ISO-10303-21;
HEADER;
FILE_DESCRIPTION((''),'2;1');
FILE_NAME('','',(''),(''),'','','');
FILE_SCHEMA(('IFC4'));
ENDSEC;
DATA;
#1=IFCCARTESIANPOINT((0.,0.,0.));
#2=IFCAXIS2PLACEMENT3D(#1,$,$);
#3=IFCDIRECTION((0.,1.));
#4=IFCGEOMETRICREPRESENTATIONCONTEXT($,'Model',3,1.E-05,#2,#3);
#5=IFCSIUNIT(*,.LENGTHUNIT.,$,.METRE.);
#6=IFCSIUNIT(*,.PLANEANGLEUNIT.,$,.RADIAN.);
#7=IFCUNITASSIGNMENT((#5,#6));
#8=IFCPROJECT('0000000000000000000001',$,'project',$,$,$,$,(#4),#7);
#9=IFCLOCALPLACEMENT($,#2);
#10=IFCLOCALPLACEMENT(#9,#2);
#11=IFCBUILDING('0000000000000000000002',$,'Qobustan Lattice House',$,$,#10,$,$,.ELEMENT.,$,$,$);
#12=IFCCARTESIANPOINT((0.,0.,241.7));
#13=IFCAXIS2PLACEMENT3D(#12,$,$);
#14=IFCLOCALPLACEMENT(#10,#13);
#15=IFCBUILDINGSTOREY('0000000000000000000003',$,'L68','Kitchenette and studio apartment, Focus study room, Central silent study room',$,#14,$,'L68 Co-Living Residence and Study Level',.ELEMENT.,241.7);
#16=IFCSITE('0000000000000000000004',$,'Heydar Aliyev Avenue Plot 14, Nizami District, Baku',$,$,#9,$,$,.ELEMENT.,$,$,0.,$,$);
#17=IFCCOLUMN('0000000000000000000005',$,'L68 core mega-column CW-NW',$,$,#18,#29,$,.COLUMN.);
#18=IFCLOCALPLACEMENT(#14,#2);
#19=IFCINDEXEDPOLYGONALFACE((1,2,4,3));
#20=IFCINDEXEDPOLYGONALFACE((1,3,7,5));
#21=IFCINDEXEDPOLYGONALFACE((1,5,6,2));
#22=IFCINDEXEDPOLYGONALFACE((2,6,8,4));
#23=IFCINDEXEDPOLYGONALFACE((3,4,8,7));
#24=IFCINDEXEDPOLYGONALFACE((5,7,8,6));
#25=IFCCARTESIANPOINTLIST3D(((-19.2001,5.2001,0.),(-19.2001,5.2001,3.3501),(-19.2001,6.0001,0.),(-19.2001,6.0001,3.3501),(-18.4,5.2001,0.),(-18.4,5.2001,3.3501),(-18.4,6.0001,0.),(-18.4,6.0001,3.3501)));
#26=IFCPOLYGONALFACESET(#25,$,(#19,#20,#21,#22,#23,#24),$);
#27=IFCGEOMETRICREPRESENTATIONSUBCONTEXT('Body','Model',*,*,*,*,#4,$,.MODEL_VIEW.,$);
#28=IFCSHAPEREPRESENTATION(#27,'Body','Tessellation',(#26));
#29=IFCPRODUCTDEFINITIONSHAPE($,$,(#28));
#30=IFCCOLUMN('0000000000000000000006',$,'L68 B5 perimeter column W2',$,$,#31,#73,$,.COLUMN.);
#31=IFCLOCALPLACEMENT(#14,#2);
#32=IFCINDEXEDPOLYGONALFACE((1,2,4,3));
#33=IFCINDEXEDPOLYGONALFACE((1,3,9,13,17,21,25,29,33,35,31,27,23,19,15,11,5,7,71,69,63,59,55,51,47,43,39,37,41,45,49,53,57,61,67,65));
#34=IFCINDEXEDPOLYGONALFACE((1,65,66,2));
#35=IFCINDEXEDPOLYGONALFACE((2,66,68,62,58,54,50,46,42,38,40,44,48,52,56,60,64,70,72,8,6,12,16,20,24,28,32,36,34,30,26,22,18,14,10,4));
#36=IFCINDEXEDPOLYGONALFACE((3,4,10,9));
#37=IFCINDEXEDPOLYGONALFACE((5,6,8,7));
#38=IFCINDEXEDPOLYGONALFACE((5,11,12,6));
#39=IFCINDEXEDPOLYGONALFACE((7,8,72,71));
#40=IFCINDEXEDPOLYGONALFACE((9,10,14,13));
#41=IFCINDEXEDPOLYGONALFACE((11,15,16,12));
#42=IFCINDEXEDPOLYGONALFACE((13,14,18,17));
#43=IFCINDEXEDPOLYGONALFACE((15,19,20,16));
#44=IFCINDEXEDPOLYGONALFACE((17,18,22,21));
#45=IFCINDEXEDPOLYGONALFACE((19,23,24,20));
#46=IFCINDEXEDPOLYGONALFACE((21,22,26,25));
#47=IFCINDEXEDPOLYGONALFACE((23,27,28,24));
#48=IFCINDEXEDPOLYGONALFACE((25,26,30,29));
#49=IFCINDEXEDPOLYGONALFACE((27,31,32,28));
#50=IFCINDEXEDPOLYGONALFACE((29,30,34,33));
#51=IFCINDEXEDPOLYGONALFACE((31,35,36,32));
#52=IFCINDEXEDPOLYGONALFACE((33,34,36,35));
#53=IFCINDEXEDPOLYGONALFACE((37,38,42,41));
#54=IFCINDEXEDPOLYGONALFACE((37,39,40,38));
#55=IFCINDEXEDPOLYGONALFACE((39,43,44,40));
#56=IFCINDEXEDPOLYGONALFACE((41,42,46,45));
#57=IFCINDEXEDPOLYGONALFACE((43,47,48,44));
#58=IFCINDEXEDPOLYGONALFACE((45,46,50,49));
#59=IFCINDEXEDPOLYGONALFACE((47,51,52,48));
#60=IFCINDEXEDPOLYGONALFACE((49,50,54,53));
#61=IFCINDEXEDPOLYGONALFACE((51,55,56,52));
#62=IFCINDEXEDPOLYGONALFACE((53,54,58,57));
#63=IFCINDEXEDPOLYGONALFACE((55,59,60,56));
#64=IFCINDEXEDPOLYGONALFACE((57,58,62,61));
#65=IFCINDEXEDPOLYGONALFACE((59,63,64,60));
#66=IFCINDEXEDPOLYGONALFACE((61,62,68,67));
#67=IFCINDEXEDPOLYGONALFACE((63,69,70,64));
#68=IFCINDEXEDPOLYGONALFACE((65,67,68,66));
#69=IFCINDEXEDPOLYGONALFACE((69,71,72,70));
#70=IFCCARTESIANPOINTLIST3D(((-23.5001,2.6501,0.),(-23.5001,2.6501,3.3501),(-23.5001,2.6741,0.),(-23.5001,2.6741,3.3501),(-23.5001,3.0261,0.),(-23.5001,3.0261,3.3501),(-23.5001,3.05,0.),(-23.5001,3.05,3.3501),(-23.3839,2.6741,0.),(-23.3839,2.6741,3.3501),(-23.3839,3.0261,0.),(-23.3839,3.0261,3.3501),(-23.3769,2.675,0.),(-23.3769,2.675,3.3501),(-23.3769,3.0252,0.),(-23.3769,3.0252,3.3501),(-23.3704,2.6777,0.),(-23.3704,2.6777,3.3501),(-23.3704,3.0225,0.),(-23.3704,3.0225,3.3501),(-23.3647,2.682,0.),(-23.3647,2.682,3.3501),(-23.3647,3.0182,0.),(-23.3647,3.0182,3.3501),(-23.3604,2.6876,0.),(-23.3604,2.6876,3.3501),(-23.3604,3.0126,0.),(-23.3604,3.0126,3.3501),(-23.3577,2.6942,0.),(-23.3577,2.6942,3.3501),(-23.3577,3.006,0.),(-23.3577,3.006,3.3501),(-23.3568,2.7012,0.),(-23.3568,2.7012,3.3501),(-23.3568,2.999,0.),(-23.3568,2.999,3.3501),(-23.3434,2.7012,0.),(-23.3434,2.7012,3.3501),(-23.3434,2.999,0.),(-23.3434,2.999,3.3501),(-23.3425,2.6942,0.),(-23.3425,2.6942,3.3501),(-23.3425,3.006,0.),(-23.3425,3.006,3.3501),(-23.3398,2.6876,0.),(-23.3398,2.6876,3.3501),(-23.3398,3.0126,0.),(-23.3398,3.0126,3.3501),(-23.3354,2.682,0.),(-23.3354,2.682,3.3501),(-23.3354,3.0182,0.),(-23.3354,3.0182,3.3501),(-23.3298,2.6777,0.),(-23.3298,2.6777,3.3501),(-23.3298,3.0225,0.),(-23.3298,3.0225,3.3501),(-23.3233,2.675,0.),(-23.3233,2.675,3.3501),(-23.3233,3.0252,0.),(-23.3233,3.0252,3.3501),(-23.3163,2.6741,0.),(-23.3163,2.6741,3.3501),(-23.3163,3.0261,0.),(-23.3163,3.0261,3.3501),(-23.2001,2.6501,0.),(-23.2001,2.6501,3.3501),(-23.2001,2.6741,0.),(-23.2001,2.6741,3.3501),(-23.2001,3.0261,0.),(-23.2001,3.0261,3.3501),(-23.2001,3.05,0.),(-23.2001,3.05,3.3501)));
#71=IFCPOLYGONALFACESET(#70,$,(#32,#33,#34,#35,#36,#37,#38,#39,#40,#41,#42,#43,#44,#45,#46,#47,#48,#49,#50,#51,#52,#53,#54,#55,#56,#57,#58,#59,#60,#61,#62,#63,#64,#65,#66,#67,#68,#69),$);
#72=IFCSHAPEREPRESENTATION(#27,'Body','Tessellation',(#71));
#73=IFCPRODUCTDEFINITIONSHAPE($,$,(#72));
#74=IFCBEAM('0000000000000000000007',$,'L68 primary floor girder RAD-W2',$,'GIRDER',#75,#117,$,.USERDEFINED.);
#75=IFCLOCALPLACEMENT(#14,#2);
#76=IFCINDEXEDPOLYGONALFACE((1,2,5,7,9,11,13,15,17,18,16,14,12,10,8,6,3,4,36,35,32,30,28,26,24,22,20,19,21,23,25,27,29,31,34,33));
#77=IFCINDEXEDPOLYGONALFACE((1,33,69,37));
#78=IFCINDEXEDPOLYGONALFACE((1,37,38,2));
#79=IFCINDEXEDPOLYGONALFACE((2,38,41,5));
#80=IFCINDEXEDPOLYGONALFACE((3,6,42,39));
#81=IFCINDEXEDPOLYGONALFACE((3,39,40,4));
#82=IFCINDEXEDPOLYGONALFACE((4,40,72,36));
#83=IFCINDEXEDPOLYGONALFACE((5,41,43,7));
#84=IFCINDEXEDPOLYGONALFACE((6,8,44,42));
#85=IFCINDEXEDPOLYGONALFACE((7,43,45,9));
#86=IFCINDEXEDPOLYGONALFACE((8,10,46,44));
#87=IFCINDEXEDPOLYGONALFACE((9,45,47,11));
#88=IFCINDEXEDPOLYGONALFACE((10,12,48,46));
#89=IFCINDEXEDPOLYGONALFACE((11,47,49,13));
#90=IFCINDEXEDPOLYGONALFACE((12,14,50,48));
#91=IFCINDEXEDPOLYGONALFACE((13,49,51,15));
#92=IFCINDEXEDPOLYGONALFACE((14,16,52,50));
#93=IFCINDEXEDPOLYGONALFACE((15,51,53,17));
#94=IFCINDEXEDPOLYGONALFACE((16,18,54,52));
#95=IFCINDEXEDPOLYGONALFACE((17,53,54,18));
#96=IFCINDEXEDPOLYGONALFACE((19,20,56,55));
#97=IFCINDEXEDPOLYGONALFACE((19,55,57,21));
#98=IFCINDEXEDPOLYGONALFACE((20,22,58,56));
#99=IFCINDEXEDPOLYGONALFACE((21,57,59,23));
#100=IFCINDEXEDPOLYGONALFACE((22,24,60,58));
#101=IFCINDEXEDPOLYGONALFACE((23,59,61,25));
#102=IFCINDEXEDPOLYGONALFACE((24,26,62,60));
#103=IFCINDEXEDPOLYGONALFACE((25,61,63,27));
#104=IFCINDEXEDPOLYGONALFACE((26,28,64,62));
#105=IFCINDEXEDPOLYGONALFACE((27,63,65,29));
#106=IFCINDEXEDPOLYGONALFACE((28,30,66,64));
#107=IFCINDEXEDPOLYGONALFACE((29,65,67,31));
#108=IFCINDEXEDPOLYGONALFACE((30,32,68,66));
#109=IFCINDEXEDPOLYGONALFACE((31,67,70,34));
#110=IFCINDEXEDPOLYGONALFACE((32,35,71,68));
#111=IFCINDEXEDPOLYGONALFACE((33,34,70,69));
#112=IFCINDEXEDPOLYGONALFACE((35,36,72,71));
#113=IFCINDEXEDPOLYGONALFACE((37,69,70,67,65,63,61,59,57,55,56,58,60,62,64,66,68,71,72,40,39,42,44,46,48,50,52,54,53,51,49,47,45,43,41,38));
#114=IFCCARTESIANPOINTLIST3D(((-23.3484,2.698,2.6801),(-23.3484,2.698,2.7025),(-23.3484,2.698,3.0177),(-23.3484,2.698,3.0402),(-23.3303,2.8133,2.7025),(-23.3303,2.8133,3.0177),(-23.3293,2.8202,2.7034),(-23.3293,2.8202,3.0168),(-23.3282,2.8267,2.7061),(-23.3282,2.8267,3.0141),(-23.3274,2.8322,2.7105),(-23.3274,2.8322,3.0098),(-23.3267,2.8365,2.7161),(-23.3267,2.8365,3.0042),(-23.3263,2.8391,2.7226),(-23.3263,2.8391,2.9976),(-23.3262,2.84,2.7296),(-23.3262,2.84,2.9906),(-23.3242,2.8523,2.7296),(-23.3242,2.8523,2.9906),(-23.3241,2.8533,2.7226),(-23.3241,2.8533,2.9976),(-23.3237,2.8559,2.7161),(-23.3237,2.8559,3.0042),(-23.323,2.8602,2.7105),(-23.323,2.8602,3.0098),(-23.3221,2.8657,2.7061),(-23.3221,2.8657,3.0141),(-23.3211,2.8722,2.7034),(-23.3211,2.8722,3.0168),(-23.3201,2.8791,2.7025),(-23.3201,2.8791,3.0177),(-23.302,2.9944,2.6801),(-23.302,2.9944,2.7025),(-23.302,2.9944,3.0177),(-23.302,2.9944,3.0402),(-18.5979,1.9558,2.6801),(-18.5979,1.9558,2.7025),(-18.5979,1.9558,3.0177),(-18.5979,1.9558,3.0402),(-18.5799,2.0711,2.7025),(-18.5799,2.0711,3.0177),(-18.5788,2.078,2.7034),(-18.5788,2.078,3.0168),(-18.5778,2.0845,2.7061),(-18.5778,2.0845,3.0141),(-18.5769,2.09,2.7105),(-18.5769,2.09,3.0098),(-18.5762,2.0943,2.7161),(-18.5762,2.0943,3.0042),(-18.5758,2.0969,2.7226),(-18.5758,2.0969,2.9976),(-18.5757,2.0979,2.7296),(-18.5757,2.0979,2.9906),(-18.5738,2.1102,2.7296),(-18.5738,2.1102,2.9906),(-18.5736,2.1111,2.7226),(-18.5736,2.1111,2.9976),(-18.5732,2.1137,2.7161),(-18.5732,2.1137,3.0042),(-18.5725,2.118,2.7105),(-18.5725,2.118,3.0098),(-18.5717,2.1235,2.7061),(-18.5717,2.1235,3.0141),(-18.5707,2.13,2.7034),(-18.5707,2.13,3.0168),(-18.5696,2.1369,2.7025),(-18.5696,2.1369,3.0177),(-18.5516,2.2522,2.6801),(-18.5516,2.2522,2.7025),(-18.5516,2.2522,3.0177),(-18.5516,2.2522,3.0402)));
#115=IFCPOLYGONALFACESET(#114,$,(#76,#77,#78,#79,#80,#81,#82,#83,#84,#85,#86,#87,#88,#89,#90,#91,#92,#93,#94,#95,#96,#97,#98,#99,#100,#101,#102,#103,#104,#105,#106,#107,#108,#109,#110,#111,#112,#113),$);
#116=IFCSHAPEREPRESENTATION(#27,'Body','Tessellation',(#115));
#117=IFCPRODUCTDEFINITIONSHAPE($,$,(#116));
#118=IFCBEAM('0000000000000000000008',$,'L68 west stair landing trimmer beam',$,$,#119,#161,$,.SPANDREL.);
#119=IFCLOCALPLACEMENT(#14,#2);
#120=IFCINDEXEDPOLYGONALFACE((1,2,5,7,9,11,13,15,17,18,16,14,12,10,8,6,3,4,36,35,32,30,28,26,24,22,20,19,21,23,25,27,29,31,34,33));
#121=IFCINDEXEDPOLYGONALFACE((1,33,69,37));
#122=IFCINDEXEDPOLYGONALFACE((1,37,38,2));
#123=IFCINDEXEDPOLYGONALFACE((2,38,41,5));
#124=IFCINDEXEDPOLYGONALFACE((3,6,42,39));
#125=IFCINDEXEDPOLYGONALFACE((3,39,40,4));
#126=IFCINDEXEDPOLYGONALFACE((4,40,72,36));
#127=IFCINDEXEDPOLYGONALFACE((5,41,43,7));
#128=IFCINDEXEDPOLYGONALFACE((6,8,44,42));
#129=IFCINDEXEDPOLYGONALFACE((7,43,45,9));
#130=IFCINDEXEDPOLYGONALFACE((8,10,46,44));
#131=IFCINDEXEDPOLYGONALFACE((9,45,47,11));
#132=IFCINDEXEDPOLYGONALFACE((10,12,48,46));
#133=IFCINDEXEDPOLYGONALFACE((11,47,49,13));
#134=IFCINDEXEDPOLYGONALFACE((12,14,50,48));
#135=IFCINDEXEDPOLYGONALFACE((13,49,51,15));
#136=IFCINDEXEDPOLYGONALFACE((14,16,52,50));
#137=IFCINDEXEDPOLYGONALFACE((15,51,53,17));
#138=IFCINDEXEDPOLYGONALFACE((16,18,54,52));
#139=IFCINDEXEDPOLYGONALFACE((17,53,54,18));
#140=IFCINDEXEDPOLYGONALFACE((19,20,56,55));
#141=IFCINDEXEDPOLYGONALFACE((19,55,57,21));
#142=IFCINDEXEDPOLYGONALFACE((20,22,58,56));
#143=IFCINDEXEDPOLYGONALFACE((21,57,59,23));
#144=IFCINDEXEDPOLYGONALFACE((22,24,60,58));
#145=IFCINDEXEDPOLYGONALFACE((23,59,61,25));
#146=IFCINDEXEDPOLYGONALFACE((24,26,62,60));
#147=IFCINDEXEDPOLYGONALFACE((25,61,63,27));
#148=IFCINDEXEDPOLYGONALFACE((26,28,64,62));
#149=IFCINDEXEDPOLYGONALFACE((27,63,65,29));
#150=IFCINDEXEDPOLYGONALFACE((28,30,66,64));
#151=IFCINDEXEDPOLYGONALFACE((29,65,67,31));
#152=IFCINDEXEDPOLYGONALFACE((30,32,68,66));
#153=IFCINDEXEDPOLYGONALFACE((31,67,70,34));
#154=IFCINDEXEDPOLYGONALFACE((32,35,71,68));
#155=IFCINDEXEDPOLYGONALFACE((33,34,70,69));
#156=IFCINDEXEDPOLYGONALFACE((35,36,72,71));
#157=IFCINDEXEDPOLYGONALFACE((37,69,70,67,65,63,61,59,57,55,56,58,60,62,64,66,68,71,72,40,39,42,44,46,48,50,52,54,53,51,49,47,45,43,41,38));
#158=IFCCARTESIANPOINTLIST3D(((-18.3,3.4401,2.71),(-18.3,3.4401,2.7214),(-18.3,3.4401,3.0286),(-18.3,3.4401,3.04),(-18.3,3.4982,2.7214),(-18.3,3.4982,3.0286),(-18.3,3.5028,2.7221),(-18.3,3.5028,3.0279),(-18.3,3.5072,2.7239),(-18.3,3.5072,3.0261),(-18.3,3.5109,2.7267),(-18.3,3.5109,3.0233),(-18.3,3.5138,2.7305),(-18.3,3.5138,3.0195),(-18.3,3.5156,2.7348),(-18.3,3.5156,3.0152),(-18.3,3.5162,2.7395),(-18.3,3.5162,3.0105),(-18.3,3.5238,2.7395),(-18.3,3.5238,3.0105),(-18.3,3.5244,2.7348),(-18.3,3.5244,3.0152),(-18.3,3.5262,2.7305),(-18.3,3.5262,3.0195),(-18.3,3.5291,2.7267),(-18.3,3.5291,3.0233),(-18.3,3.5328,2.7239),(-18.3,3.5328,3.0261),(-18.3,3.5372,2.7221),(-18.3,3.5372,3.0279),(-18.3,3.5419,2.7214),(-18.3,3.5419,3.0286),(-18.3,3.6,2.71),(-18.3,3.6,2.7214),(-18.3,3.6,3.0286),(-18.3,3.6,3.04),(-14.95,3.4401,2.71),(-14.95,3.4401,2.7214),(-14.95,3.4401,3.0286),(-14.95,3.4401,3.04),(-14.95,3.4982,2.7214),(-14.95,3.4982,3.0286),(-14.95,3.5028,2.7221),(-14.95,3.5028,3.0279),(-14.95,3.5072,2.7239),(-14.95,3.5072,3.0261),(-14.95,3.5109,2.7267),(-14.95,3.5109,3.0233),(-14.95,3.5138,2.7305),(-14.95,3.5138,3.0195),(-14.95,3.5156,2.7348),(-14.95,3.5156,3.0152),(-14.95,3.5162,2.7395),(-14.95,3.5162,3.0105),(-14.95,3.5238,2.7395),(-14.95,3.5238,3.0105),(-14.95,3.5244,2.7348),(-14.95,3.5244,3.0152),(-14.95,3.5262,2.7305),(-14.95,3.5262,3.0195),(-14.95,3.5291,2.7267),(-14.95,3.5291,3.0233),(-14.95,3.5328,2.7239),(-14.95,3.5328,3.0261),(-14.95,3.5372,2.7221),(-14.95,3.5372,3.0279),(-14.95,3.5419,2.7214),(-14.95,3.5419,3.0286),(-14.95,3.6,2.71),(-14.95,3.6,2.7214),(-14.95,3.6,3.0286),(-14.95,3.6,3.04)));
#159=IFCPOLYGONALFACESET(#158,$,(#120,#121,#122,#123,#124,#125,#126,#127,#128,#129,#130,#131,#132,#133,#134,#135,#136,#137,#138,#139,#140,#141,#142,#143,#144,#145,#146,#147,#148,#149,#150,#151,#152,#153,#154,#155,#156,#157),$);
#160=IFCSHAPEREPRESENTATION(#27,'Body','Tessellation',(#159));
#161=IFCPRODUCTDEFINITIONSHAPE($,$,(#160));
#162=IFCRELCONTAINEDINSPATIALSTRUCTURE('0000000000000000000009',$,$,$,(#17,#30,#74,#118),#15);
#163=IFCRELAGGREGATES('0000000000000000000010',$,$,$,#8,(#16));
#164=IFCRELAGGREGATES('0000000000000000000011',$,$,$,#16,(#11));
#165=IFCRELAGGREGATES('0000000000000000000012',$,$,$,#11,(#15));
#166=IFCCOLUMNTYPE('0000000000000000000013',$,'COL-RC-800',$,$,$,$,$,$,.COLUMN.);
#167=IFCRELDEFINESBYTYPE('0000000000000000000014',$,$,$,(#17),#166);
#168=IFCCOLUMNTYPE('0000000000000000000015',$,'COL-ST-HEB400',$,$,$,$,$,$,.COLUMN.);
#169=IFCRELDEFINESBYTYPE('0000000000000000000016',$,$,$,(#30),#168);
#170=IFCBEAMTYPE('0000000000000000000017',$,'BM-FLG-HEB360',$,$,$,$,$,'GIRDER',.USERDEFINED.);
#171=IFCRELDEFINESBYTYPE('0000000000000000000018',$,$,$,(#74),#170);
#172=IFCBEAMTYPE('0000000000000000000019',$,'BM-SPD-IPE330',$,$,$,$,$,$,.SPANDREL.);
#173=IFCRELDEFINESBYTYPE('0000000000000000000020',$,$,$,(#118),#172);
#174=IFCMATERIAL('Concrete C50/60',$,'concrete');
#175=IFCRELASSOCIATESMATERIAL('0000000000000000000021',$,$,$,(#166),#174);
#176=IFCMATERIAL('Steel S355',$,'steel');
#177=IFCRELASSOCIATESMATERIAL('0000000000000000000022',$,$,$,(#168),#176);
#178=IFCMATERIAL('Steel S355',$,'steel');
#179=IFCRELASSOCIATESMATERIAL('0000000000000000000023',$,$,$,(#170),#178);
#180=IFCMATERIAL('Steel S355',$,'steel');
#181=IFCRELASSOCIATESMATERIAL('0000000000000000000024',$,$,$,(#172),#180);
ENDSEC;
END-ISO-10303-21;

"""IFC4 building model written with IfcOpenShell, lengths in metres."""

from ifc_helpers import new_model, si_unit, direction, frame, origin, origin_2d, place, context, subcontext, project, spatial, rectangle, i_section, extrude, material, material_profile, profile_set, type_object, element, save


model = new_model("IFC4")

# Units and contexts
model_context = context("Model", 3, precision=1e-05, world=origin(), true_north=direction((0.0, 1.0)))
body_context = subcontext(model_context, "Body", "Model", "MODEL_VIEW")
ifc_project = project(units=[si_unit("LENGTHUNIT", "METRE"), si_unit("PLANEANGLEUNIT", "RADIAN")], contexts=[model_context])

# Site, building, storey
site_placement = place(None, origin())
site = spatial("IfcSite", under=ifc_project, at=site_placement, Name="Heydar Aliyev Avenue Plot 14, Nizami District, Baku", CompositionType="ELEMENT", RefElevation=0.0)
building_placement = place(site_placement, origin())
building = spatial("IfcBuilding", under=site, at=building_placement, Name="Qobustan Lattice House", CompositionType="ELEMENT")
storey_placement = place(building_placement, frame((0.0, 0.0, 241.7)))
storey = spatial("IfcBuildingStorey", under=building, at=storey_placement, Name="L68", Description="Kitchenette and studio apartment, Focus study room, Central silent study room", LongName="L68 Co-Living Residence and Study Level", CompositionType="ELEMENT", Elevation=241.7)

# Columns
ifc_material_1 = material(Name="Concrete C50/60", Category="concrete")
ifc_material_profile_1 = material_profile(ifc_material_1, rectangle(XDim=0.8, YDim=0.8, at=origin_2d()), Name="RC800x800")
ifc_profile_set_1 = profile_set([ifc_material_profile_1], Name="Concrete C50/60")
column_type_1 = type_object("IfcColumnType", Name="COL-RC-800", PredefinedType="COLUMN", material=ifc_profile_set_1)
column_1_placement = place(storey_placement, frame((-18.8, 5.6001, 0.0), z_axis=(0.0, 0.0, 1.0), x_axis=(1.0, 0.0, 0.0)))
element("IfcColumn", 1, at=column_1_placement, inside=storey, type_object=column_type_1, Name="L68 core mega-column CW-NW", PredefinedType="COLUMN", context=body_context, shape_type="SweptSolid", body=[
    extrude(rectangle(XDim=0.8, YDim=0.8, at=origin_2d()), origin(), (0.0, 0.0, 1.0), 3.3501),
])
ifc_material_2 = material(Name="Steel S355", Category="steel")
ifc_material_profile_2 = material_profile(ifc_material_2, i_section(OverallWidth=0.3, OverallDepth=0.3999, WebThickness=0.0134, FlangeThickness=0.0239, FilletRadius=0.0271, at=origin_2d()), Name="HEB400")
ifc_profile_set_2 = profile_set([ifc_material_profile_2], Name="Steel S355")
column_type_2 = type_object("IfcColumnType", Name="COL-ST-HEB400", PredefinedType="COLUMN", material=ifc_profile_set_2)
column_2_placement = place(storey_placement, frame((-23.3501, 2.8501, 0.0), z_axis=(0.0, 0.0, 1.0), x_axis=(1.0, 0.0, 0.0)))
element("IfcColumn", 2, at=column_2_placement, inside=storey, type_object=column_type_2, Name="L68 B5 perimeter column W2", PredefinedType="COLUMN", context=body_context, shape_type="SweptSolid", body=[
    extrude(i_section(OverallWidth=0.3, OverallDepth=0.3999, WebThickness=0.0134, FlangeThickness=0.0239, FilletRadius=0.0271, at=origin_2d()), origin(), (0.0, 0.0, 1.0), 3.3501),
])

# Beams
ifc_material_3 = material(Name="Steel S355", Category="steel")
ifc_material_profile_3 = material_profile(ifc_material_3, i_section(OverallWidth=0.3, OverallDepth=0.3601, WebThickness=0.0125, FlangeThickness=0.0225, FilletRadius=0.0271, at=origin_2d()), Name="HEB360")
ifc_profile_set_3 = profile_set([ifc_material_profile_3], Name="Steel S355")
beam_type_1 = type_object("IfcBeamType", Name="BM-FLG-HEB360", ElementType="GIRDER", PredefinedType="USERDEFINED", material=ifc_profile_set_3)
beam_1_placement = place(storey_placement, frame((-23.3252, 2.8462, 2.8601), z_axis=(0.988014, -0.154361, 0.0), x_axis=(0.154361, 0.988014, 0.0)))
element("IfcBeam", 3, at=beam_1_placement, inside=storey, type_object=beam_type_1, Name="L68 primary floor girder RAD-W2", ObjectType="GIRDER", PredefinedType="USERDEFINED", context=body_context, shape_type="SweptSolid", body=[
    extrude(i_section(OverallWidth=0.3, OverallDepth=0.3601, WebThickness=0.0125, FlangeThickness=0.0225, FilletRadius=0.0271, at=origin_2d()), origin(), (0.0, 0.0, 1.0), 4.8081),
])
ifc_material_4 = material(Name="Steel S355", Category="steel")
ifc_material_profile_4 = material_profile(ifc_material_4, i_section(OverallWidth=0.1599, OverallDepth=0.3301, WebThickness=0.0076, FlangeThickness=0.0115, FilletRadius=0.0181, at=origin_2d()), Name="IPE330")
ifc_profile_set_4 = profile_set([ifc_material_profile_4], Name="Steel S355")
beam_type_2 = type_object("IfcBeamType", Name="BM-SPD-IPE330", PredefinedType="SPANDREL", material=ifc_profile_set_4)
beam_2_placement = place(storey_placement, frame((-18.3, 3.52, 2.875), z_axis=(1.0, 0.0, 0.0), x_axis=(0.0, 1.0, 0.0)))
element("IfcBeam", 4, at=beam_2_placement, inside=storey, type_object=beam_type_2, Name="L68 west stair landing trimmer beam", PredefinedType="SPANDREL", context=body_context, shape_type="SweptSolid", body=[
    extrude(i_section(OverallWidth=0.1599, OverallDepth=0.3301, WebThickness=0.0076, FlangeThickness=0.0115, FilletRadius=0.0181, at=origin_2d()), origin(), (0.0, 0.0, 1.0), 3.3501),
])

save(model, "model.ifc")
